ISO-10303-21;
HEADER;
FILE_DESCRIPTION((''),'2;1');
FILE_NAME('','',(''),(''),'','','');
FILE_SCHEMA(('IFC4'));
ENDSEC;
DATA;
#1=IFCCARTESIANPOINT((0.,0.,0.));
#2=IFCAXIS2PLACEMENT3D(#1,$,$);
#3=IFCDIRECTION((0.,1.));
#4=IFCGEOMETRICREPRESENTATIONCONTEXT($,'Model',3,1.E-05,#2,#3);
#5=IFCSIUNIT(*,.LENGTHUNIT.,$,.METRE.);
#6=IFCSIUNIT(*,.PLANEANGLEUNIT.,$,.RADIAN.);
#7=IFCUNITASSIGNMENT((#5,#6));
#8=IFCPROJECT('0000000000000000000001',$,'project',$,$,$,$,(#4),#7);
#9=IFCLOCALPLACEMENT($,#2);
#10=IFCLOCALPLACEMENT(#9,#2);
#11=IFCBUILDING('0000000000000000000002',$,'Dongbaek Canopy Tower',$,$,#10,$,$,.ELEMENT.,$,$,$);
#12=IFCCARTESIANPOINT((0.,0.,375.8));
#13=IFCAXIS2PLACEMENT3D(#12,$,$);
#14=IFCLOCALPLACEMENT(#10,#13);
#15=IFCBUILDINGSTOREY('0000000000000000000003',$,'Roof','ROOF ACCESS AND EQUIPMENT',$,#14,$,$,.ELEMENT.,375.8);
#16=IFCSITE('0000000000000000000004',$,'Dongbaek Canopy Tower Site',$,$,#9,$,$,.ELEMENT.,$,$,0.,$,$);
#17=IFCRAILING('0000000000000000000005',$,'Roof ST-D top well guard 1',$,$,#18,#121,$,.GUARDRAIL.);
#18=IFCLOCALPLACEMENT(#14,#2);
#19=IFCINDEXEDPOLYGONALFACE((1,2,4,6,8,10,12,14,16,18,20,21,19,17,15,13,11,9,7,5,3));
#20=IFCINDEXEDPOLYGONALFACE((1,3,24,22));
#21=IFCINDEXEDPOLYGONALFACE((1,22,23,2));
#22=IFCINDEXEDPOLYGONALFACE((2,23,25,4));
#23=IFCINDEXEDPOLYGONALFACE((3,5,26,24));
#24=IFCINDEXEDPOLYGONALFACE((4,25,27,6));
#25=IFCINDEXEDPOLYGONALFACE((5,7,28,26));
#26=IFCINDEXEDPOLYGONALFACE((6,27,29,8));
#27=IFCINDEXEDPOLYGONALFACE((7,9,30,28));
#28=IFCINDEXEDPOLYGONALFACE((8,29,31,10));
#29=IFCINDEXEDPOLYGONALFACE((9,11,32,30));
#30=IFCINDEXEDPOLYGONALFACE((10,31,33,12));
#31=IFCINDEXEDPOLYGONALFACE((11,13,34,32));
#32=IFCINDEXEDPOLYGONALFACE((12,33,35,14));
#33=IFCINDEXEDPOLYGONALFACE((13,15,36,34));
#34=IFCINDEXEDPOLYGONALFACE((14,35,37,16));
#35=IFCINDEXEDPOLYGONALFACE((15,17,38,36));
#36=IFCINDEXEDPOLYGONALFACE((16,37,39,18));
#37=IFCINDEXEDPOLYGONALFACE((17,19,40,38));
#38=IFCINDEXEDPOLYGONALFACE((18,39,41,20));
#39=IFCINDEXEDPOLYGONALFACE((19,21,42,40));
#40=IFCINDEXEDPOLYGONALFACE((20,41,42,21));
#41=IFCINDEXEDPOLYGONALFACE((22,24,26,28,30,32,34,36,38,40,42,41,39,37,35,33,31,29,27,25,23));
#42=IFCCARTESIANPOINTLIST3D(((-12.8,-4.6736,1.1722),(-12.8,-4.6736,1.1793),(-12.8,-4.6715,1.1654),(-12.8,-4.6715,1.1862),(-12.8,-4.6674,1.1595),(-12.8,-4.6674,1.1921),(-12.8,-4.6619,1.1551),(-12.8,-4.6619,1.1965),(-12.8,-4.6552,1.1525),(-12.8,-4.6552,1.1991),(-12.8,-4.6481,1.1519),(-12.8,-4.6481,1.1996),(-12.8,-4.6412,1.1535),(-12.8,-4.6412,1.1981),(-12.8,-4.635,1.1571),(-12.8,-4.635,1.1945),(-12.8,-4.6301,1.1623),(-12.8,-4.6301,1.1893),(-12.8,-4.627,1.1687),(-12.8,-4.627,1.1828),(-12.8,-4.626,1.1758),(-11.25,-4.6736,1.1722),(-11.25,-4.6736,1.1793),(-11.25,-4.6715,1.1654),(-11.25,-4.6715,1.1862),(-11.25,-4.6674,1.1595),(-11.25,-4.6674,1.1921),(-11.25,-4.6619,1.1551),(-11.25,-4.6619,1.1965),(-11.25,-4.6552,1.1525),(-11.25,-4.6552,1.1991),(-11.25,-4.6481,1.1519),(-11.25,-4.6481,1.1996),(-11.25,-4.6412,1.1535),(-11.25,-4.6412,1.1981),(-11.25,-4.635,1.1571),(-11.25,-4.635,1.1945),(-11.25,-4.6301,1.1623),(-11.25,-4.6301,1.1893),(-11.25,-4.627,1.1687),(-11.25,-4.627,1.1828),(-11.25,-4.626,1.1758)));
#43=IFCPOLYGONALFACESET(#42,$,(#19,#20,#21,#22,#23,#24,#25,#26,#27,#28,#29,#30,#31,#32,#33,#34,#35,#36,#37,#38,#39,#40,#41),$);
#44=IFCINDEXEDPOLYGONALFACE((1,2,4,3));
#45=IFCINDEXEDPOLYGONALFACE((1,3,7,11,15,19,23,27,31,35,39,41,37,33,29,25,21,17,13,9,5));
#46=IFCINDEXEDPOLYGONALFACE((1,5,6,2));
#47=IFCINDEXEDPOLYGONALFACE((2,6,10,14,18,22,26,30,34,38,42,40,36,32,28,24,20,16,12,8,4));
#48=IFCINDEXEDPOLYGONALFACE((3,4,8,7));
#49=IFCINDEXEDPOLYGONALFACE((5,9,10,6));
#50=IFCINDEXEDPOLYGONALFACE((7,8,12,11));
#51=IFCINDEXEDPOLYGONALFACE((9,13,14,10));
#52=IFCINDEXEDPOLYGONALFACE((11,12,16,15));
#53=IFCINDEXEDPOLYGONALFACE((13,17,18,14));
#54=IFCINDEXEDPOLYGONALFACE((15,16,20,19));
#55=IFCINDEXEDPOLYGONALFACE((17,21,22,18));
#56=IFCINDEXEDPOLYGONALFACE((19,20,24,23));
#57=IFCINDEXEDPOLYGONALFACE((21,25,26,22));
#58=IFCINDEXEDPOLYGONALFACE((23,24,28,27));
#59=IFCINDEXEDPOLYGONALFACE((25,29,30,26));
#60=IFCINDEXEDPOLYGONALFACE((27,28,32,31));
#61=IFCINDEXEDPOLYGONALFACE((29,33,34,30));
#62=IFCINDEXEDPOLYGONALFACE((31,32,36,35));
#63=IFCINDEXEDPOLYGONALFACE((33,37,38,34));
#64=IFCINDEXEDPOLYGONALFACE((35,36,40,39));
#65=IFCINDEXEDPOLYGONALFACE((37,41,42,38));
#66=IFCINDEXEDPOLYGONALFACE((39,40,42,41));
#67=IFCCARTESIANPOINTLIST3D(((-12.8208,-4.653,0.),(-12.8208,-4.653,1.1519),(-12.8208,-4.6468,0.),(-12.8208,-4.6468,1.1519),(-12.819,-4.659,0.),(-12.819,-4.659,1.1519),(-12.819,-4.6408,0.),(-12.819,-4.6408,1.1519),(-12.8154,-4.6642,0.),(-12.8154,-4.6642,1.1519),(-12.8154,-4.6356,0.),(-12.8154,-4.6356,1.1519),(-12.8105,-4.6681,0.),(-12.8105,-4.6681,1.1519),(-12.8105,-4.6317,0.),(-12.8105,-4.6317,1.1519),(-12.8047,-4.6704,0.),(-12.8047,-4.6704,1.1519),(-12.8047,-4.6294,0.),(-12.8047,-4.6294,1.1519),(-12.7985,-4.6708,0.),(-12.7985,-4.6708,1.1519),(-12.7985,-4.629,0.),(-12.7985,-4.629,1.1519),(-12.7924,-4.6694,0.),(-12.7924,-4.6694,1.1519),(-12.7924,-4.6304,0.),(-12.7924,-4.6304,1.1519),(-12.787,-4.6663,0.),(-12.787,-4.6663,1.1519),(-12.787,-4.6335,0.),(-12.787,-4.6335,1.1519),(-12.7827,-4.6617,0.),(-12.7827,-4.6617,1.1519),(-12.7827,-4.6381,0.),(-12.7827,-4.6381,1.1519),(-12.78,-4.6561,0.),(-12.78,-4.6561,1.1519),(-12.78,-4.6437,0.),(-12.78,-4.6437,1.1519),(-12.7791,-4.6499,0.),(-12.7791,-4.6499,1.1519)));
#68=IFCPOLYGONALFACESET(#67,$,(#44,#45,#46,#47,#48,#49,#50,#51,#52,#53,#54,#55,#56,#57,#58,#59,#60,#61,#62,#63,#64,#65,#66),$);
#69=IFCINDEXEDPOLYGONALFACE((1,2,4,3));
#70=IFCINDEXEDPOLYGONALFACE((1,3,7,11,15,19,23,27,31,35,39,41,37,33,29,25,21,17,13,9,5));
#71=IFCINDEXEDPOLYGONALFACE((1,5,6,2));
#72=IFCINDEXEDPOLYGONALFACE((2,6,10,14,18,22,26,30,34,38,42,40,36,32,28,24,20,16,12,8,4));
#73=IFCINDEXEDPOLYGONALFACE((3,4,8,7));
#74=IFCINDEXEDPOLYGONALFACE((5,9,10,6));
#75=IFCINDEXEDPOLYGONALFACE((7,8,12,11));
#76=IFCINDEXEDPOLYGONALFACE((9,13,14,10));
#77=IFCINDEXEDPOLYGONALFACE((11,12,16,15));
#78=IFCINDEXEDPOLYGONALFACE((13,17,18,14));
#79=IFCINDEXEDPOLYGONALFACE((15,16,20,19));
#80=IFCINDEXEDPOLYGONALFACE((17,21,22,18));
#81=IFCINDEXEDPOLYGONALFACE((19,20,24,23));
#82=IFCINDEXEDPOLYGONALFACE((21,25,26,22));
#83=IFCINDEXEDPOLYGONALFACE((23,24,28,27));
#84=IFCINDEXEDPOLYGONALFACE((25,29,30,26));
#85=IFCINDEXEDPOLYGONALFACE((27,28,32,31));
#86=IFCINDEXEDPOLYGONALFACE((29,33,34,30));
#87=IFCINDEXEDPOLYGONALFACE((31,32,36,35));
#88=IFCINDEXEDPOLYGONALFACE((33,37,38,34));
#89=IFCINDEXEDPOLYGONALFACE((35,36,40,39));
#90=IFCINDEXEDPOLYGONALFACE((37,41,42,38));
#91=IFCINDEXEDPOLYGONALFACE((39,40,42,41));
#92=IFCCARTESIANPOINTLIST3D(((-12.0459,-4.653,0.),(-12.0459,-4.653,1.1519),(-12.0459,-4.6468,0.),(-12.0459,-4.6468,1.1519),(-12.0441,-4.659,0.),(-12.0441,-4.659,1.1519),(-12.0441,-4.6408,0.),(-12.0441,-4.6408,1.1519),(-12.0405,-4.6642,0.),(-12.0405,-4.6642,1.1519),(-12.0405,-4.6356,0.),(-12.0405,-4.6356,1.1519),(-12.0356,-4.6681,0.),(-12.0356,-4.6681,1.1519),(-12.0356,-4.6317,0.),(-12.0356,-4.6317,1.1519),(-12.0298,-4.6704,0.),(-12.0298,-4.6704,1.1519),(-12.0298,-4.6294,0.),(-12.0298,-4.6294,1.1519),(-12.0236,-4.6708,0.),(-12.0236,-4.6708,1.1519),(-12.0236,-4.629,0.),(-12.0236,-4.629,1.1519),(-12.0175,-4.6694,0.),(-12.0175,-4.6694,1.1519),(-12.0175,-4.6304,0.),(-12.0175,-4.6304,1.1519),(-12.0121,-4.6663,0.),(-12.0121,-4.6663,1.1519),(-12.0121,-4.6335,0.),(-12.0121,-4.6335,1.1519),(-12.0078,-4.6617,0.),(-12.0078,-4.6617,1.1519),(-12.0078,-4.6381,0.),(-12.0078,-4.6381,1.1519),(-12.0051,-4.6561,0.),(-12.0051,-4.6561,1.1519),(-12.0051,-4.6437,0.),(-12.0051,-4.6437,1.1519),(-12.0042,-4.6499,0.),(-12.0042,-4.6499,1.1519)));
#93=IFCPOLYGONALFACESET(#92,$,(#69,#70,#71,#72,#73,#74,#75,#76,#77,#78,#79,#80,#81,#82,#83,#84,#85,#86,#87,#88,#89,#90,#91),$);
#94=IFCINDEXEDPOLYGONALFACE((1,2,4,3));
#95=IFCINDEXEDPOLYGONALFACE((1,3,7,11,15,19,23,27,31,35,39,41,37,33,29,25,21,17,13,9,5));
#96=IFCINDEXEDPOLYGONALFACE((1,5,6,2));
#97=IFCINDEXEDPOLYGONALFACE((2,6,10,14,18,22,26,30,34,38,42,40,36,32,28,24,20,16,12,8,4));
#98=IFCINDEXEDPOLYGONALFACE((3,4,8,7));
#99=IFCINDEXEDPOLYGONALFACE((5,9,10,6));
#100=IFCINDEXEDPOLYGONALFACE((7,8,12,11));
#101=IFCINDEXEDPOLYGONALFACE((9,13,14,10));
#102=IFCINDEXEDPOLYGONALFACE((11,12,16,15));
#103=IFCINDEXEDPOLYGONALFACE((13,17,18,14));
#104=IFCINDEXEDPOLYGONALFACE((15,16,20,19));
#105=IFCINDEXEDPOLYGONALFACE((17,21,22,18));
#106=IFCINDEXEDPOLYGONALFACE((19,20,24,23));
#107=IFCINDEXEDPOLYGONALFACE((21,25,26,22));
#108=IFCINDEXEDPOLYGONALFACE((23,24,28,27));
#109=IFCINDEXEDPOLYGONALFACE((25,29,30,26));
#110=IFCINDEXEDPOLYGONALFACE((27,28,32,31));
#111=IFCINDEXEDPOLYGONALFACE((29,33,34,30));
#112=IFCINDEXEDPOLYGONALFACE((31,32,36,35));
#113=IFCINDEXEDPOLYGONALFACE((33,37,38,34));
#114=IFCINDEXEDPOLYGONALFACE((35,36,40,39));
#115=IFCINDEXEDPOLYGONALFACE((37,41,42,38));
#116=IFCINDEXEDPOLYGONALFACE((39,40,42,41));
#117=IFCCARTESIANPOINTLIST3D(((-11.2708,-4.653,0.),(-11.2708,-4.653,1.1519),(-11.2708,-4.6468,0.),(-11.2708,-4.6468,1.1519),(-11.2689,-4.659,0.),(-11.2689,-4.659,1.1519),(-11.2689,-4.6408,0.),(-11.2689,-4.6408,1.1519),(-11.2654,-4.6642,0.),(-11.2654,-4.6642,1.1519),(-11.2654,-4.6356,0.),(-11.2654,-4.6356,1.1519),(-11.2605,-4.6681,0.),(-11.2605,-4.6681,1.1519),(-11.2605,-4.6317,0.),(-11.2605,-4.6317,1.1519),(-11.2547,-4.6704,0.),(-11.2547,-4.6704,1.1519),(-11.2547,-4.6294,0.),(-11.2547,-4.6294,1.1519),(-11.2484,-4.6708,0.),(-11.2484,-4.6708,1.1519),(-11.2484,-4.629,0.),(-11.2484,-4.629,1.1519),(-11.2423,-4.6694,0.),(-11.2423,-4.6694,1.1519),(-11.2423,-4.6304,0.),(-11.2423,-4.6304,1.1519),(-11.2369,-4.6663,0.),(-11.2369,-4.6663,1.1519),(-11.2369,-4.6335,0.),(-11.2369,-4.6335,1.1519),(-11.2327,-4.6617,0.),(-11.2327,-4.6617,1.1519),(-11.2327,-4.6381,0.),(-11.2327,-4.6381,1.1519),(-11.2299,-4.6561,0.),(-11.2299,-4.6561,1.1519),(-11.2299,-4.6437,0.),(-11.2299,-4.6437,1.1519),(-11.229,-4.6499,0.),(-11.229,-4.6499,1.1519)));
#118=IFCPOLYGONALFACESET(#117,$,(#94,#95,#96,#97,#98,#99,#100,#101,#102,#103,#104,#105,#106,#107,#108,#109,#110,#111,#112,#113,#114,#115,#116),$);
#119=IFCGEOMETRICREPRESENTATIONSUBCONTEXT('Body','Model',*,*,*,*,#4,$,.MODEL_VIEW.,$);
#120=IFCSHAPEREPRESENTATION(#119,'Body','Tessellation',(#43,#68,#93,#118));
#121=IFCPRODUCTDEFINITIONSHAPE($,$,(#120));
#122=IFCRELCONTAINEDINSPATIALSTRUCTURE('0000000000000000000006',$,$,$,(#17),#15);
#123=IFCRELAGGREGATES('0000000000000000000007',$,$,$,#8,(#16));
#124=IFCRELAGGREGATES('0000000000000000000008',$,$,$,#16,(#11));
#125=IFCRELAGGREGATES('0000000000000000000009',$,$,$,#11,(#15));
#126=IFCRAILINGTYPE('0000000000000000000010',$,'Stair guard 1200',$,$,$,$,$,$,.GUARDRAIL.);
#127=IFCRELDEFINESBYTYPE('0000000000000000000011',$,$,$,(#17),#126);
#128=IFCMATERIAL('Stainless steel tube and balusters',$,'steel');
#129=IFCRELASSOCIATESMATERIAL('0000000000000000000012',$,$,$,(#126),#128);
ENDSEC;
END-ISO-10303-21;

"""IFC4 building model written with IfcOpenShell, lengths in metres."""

from ifc_helpers import new_model, si_unit, direction, frame, origin, origin_2d, place, context, subcontext, project, spatial, circle, extrude, material, type_object, element, save


model = new_model("IFC4")

# Units and contexts
model_context = context("Model", 3, precision=1e-05, world=origin(), true_north=direction((0.0, 1.0)))
body_context = subcontext(model_context, "Body", "Model", "MODEL_VIEW")
ifc_project = project(units=[si_unit("LENGTHUNIT", "METRE"), si_unit("PLANEANGLEUNIT", "RADIAN")], contexts=[model_context])

# Site, building, storey
site_placement = place(None, origin())
site = spatial("IfcSite", under=ifc_project, at=site_placement, Name="Dongbaek Canopy Tower Site", CompositionType="ELEMENT", RefElevation=0.0)
building_placement = place(site_placement, origin())
building = spatial("IfcBuilding", under=site, at=building_placement, Name="Dongbaek Canopy Tower", CompositionType="ELEMENT")
storey_placement = place(building_placement, frame((0.0, 0.0, 375.8)))
storey = spatial("IfcBuildingStorey", under=building, at=storey_placement, Name="Roof", Description="ROOF ACCESS AND EQUIPMENT", CompositionType="ELEMENT", Elevation=375.8)

# Railing
ifc_material_1 = material(Name="Stainless steel tube and balusters", Category="steel")
railing_type = type_object("IfcRailingType", Name="Stair guard 1200", PredefinedType="GUARDRAIL", material=ifc_material_1)
railing_placement = place(storey_placement, frame((-12.8, -4.6499, 0.0)))
element("IfcRailing", 1, at=railing_placement, inside=storey, type_object=railing_type, Name="Roof ST-D top well guard 1", PredefinedType="GUARDRAIL", context=body_context, shape_type="SweptSolid", body=[
    extrude(circle(Radius=0.0239, at=origin_2d()), frame((0.0, 0.0, 1.1758), z_axis=(1.0, 0.0, 0.0), x_axis=(0.0, 1.0, 0.0)), (0.0, 0.0, 1.0), 1.55),
    extrude(circle(Radius=0.021, at=origin_2d()), origin(), (0.0, 0.0, 1.0), 1.1519),
    extrude(circle(Radius=0.021, at=origin_2d()), frame((0.7749, 0.0, 0.0)), (0.0, 0.0, 1.0), 1.1519),
    extrude(circle(Radius=0.021, at=origin_2d()), frame((1.55, 0.0, 0.0)), (0.0, 0.0, 1.0), 1.1519),
])

save(model, "model.ifc")
